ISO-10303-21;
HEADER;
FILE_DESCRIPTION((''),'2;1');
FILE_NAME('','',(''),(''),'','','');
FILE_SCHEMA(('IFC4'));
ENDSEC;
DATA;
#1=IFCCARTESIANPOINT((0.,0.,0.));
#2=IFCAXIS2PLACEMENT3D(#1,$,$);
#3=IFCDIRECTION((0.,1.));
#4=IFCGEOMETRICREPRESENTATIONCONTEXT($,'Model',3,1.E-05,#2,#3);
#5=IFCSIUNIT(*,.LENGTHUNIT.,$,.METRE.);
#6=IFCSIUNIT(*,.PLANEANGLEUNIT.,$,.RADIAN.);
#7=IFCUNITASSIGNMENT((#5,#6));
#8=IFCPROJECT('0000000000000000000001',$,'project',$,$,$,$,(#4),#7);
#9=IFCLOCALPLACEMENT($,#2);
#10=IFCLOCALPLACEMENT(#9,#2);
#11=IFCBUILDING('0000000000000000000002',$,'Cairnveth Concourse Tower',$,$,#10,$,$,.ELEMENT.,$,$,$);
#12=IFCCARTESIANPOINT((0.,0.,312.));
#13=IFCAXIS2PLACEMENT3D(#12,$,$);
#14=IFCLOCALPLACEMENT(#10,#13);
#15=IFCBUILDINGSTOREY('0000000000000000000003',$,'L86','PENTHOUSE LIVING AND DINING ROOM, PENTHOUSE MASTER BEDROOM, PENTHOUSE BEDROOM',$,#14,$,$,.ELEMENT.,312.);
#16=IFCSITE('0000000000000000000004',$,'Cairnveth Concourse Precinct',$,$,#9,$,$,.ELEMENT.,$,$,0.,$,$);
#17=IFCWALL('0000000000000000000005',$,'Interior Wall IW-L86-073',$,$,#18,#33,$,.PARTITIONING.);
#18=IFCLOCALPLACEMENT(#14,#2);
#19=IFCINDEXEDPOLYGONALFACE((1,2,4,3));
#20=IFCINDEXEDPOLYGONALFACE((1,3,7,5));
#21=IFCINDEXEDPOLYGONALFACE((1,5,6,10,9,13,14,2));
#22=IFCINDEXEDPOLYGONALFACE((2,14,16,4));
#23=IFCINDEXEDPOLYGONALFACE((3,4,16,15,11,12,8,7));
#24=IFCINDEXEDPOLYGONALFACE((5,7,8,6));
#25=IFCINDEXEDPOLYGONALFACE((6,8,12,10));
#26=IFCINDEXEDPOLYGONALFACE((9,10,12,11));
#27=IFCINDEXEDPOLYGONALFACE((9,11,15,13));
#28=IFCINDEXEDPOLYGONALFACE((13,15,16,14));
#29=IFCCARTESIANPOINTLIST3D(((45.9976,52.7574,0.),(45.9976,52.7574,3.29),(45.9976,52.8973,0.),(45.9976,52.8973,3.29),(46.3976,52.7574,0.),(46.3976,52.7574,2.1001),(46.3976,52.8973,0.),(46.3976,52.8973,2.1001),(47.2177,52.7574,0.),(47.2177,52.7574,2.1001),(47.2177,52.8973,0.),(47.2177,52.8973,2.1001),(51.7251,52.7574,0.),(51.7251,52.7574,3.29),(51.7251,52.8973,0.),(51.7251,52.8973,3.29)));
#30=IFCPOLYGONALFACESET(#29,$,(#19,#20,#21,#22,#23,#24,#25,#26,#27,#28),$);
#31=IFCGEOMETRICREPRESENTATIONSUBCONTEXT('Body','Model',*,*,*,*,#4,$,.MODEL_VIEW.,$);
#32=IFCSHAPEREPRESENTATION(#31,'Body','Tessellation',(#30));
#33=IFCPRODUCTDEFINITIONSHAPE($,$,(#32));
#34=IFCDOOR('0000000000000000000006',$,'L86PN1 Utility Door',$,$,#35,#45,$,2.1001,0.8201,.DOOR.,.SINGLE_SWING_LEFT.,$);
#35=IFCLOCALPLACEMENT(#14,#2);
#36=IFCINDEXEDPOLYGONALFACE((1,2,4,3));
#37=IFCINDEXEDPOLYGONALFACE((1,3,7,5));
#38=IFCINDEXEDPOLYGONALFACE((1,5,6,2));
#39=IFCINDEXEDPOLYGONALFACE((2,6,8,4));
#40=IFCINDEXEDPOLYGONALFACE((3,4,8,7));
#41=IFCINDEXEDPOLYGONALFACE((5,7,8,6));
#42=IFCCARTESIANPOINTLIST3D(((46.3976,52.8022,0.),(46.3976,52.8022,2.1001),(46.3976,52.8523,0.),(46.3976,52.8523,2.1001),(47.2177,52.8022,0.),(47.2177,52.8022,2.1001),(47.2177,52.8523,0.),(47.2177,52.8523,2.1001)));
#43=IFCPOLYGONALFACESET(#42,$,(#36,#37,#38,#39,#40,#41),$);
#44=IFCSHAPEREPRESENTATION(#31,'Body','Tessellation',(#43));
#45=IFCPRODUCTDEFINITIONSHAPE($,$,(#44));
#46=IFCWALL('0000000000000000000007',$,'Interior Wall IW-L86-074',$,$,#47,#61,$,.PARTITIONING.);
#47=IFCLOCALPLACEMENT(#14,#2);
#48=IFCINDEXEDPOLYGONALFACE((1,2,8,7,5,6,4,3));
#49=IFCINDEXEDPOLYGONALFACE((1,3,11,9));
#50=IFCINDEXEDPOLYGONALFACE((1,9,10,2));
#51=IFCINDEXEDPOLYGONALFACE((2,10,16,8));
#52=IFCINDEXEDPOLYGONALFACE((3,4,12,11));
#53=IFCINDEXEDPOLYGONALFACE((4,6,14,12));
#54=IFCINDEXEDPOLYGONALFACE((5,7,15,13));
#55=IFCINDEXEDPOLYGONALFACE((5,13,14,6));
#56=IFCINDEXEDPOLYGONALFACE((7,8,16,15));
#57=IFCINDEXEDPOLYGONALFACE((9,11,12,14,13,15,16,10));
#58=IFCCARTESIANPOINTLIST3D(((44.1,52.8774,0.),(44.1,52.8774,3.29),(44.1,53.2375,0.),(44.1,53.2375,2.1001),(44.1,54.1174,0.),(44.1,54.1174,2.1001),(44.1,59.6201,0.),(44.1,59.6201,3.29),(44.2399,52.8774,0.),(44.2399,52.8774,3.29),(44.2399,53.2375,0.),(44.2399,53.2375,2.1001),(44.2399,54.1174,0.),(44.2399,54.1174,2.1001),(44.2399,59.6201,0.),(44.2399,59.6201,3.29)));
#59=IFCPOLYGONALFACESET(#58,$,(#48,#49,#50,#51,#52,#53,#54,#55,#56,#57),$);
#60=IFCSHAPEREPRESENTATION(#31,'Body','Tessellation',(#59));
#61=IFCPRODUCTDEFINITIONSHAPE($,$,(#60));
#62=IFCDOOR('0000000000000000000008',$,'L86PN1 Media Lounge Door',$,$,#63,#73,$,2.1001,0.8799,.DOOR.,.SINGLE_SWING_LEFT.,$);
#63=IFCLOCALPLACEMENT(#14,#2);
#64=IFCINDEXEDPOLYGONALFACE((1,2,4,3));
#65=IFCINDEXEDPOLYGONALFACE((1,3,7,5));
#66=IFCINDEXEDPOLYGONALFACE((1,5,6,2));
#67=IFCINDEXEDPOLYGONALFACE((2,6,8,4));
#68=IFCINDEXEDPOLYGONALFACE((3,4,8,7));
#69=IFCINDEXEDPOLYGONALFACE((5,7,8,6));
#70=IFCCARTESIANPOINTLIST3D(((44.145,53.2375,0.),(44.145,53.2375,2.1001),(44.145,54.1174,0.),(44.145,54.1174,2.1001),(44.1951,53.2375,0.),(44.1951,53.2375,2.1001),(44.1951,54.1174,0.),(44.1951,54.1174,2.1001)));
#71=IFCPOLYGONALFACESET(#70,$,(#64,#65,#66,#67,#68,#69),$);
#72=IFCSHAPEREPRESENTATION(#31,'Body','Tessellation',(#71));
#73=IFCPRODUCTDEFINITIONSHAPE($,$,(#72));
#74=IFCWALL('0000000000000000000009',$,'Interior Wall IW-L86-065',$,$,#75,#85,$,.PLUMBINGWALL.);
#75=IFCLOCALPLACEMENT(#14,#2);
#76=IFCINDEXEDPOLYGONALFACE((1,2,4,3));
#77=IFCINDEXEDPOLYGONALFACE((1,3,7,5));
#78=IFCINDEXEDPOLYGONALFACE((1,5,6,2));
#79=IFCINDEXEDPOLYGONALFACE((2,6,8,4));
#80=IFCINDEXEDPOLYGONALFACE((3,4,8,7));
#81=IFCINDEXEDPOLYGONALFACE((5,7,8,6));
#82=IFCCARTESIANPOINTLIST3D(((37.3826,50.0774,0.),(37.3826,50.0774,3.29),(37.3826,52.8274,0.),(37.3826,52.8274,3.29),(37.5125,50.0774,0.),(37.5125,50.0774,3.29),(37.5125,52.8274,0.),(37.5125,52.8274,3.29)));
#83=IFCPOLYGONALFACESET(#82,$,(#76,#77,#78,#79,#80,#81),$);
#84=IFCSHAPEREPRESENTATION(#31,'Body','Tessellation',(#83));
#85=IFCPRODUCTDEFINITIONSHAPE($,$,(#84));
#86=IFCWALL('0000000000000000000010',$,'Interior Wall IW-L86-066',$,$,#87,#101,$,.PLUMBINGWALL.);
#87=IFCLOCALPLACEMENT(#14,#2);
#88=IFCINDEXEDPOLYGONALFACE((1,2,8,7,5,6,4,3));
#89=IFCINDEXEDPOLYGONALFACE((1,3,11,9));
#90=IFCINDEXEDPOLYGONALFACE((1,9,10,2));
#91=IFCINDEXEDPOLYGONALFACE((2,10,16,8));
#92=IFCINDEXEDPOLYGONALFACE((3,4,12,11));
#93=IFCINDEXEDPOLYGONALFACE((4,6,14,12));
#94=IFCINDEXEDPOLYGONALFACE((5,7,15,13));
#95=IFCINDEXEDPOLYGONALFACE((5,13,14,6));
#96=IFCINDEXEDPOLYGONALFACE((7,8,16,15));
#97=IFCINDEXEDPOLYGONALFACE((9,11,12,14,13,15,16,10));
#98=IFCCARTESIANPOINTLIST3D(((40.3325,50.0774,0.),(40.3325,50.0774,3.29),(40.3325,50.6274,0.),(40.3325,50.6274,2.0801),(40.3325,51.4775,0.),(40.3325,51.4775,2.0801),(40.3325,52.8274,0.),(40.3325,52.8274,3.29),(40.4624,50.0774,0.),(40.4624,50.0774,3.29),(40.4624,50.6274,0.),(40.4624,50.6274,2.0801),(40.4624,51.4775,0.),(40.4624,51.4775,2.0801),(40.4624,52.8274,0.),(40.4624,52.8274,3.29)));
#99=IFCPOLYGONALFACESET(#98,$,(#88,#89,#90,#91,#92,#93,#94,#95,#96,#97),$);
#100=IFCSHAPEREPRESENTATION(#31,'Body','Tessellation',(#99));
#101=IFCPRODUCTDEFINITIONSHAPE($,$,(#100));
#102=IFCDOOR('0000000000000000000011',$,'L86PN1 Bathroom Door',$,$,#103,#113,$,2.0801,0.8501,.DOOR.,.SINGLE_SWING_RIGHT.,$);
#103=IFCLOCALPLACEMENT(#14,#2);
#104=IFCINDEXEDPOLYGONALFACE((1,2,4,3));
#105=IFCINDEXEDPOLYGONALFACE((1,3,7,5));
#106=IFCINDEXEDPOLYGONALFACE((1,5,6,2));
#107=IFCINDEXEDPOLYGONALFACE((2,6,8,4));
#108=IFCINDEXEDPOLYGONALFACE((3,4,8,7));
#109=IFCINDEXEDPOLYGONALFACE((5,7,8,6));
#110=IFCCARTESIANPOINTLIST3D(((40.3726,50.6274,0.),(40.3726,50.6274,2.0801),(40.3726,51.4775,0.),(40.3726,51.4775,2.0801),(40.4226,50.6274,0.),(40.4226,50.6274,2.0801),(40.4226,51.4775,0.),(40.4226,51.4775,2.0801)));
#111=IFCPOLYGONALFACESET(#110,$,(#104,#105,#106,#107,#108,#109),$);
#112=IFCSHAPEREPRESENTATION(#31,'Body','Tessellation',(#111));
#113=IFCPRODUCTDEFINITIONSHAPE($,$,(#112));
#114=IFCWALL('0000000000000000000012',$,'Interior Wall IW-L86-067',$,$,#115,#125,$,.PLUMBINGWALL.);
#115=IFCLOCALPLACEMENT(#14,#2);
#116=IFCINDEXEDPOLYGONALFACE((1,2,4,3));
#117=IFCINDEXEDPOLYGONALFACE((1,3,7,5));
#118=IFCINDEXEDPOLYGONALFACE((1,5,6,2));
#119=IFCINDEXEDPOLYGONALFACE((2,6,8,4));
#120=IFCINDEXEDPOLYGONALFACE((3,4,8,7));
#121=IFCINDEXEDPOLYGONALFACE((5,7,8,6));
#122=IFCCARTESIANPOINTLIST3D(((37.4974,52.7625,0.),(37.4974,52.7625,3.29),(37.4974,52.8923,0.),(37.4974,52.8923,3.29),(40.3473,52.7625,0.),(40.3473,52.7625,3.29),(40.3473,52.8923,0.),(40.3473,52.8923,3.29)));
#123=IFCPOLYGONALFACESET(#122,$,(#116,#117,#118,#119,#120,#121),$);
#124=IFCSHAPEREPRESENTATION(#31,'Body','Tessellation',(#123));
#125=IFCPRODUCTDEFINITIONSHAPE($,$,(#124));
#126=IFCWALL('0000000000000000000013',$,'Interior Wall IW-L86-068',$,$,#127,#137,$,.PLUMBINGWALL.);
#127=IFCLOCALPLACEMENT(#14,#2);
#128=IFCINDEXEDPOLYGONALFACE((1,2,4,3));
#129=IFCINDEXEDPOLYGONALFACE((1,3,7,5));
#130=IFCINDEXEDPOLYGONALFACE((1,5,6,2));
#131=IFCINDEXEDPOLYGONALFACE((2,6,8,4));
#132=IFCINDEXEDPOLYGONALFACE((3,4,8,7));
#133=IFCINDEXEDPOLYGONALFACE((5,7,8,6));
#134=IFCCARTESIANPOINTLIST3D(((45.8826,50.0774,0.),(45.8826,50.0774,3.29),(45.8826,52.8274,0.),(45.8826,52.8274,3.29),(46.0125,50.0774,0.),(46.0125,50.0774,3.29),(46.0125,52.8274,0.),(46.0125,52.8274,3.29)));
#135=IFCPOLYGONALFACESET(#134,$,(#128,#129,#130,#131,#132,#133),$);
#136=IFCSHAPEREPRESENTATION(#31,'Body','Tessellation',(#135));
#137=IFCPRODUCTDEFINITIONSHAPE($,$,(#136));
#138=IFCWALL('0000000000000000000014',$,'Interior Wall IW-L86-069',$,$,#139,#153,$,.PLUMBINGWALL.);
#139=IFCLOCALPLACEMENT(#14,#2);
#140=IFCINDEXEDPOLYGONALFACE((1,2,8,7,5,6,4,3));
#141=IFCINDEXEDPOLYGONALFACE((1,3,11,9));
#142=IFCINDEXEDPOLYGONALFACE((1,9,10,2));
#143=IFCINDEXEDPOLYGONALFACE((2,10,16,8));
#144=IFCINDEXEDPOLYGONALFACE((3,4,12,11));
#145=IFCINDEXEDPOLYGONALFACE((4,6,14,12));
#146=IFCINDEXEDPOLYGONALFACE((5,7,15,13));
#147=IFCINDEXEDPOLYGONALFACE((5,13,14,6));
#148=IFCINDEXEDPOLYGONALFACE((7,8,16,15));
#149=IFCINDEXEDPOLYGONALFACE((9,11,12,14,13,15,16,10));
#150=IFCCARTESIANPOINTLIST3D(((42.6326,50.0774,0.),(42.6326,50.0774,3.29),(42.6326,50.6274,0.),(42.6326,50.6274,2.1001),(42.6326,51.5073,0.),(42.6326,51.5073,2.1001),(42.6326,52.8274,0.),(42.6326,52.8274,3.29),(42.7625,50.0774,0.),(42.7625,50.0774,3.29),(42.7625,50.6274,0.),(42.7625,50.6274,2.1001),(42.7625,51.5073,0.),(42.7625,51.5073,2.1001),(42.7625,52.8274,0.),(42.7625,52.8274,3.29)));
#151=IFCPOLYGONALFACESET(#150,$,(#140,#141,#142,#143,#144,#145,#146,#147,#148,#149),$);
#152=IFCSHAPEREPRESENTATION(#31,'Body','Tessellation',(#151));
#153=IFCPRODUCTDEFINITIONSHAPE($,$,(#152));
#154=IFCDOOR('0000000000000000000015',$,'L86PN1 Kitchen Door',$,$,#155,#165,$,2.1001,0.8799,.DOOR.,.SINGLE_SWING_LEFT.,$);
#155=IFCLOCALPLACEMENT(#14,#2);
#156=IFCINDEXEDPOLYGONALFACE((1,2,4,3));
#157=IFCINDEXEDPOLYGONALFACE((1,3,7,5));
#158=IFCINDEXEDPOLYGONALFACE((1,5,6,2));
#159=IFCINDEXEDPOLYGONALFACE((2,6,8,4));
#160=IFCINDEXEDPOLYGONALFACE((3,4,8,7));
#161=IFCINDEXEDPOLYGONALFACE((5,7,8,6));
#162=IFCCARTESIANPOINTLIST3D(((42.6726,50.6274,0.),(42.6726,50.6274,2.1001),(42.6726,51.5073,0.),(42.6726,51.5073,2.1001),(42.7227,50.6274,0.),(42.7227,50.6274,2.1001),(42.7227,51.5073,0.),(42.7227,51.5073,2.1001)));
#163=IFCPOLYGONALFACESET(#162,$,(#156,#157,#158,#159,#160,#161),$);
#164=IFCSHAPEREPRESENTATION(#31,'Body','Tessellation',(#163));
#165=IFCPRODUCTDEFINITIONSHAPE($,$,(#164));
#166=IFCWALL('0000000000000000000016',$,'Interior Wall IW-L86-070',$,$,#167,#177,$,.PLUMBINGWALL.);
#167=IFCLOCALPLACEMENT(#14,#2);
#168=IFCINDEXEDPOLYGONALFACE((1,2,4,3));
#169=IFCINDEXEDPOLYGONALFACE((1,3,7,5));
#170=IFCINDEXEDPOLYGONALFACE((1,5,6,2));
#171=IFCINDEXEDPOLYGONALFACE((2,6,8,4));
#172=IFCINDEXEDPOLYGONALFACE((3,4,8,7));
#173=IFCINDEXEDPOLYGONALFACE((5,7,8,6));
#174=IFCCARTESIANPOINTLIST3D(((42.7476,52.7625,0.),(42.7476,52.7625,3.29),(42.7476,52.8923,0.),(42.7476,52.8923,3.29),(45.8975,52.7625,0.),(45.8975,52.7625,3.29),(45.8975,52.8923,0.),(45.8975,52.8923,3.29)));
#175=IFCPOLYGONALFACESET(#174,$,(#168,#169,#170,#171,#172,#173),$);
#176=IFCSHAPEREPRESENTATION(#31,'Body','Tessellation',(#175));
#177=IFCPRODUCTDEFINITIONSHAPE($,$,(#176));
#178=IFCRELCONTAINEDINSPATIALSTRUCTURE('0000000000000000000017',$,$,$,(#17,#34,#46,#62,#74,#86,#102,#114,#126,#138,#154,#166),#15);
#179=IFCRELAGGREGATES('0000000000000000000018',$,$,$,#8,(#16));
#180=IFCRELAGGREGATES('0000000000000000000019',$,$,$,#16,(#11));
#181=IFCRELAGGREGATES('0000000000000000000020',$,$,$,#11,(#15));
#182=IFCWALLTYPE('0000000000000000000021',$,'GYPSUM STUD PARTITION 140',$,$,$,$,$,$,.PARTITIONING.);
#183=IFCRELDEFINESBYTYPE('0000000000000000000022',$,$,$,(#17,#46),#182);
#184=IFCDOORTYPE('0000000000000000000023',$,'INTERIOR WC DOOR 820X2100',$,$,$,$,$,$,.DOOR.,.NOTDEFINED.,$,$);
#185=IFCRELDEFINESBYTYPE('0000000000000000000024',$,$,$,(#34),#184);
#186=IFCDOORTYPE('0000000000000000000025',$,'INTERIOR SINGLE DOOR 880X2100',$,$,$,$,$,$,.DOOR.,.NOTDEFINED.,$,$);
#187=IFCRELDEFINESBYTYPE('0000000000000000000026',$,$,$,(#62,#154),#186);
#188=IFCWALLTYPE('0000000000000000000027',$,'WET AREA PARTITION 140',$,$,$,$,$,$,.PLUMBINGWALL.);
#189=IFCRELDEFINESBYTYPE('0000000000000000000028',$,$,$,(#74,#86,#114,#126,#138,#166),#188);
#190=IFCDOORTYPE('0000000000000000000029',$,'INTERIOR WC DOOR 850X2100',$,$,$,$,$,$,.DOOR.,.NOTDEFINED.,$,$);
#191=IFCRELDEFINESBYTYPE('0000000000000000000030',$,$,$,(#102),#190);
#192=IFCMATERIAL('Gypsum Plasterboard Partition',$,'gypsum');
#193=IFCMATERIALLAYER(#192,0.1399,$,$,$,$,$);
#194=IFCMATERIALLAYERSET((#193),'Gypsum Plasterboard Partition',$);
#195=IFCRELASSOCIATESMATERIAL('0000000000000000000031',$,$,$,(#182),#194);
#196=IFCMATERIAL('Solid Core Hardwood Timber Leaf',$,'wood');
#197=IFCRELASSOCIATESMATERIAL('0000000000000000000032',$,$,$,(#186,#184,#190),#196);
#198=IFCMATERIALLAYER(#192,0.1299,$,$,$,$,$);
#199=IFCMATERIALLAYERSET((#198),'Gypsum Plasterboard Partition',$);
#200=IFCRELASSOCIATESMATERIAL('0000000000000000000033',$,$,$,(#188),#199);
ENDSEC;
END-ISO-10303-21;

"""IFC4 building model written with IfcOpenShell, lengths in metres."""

from ifc_helpers import new_model, si_unit, direction, frame, frame_2d, origin, place, context, subcontext, project, spatial, rectangle, extrude, material, layer, layer_set, type_object, element, fill, save


model = new_model("IFC4")

# Units and contexts
model_context = context("Model", 3, precision=1e-05, world=origin(), true_north=direction((0.0, 1.0)))
body_context = subcontext(model_context, "Body", "Model", "MODEL_VIEW")
ifc_project = project(units=[si_unit("LENGTHUNIT", "METRE"), si_unit("PLANEANGLEUNIT", "RADIAN")], contexts=[model_context])

# Site, building, storey
site_placement = place(None, origin())
site = spatial("IfcSite", under=ifc_project, at=site_placement, Name="Cairnveth Concourse Precinct", CompositionType="ELEMENT", RefElevation=0.0)
building_placement = place(site_placement, origin())
building = spatial("IfcBuilding", under=site, at=building_placement, Name="Cairnveth Concourse Tower", CompositionType="ELEMENT")
storey_placement = place(building_placement, frame((0.0, 0.0, 312.0)))
storey = spatial("IfcBuildingStorey", under=building, at=storey_placement, Name="L86", Description="PENTHOUSE LIVING AND DINING ROOM, PENTHOUSE MASTER BEDROOM, PENTHOUSE BEDROOM", CompositionType="ELEMENT", Elevation=312.0)

# Walls, openings, doors
ifc_material_1 = material(Name="Gypsum Plasterboard Partition", Category="gypsum")
ifc_layer_1 = layer(ifc_material_1, 0.1399)
ifc_layer_set_1 = layer_set([ifc_layer_1], Name="Gypsum Plasterboard Partition")
wall_type_1 = type_object("IfcWallType", Name="GYPSUM STUD PARTITION 140", PredefinedType="PARTITIONING", material=ifc_layer_set_1)
ifc_material_2 = material(Name="Solid Core Hardwood Timber Leaf", Category="wood")
door_type_1 = type_object("IfcDoorType", Name="INTERIOR SINGLE DOOR 880X2100", OperationType="NOTDEFINED", PredefinedType="DOOR", material=ifc_material_2)
wall_1_placement = place(storey_placement, frame((45.9976, 52.8274, 0.0), z_axis=(0.0, 0.0, 1.0), x_axis=(1.0, 0.0, 0.0)))
wall_1 = element("IfcWall", 1, at=wall_1_placement, inside=storey, type_object=wall_type_1, Name="Interior Wall IW-L86-073", PredefinedType="PARTITIONING", context=body_context, shape_type="SweptSolid", body=[
    extrude(rectangle(XDim=5.7275, YDim=0.1399, at=frame_2d((2.8638, 0.0))), origin(), (0.0, 0.0, 1.0), 3.29),
])
opening_1_placement = place(wall_1_placement, frame((0.3999, 0.0, 0.0)))
opening_1 = element("IfcOpeningElement", 2, at=opening_1_placement, cuts=wall_1, PredefinedType="OPENING", context=body_context, shape_type="SweptSolid", body=[
    extrude(rectangle(XDim=0.8201, YDim=2.1001, at=frame_2d((0.4102, 1.05))), frame((0.0, 0.0798, 0.0), z_axis=(0.0, -1.0, 0.0), x_axis=(1.0, 0.0, 0.0)), (0.0, 0.0, 1.0), 0.1599),
])
door_type_2 = type_object("IfcDoorType", Name="INTERIOR WC DOOR 820X2100", OperationType="NOTDEFINED", PredefinedType="DOOR", material=ifc_material_2)
door_1_placement = place(opening_1_placement, origin())
door_1 = element("IfcDoor", 3, at=door_1_placement, inside=storey, type_object=door_type_2, Name="L86PN1 Utility Door", OperationType="SINGLE_SWING_LEFT", OverallHeight=2.1001, OverallWidth=0.8201, PredefinedType="DOOR", context=body_context, shape_type="SweptSolid", body=[
    extrude(rectangle(XDim=0.8201, YDim=2.1001, at=frame_2d((0.4102, 1.05))), frame((0.0, 0.0249, 0.0), z_axis=(0.0, -1.0, 0.0), x_axis=(1.0, 0.0, 0.0)), (0.0, 0.0, 1.0), 0.05),
])
fill(opening_1, door_1)
wall_2_placement = place(storey_placement, frame((44.1699, 52.8774, 0.0), z_axis=(0.0, 0.0, 1.0), x_axis=(0.0, 1.0, 0.0)))
wall_2 = element("IfcWall", 4, at=wall_2_placement, inside=storey, type_object=wall_type_1, Name="Interior Wall IW-L86-074", PredefinedType="PARTITIONING", context=body_context, shape_type="SweptSolid", body=[
    extrude(rectangle(XDim=6.7427, YDim=0.1399, at=frame_2d((3.3713, 0.0))), origin(), (0.0, 0.0, 1.0), 3.29),
])
opening_2_placement = place(wall_2_placement, frame((0.3601, 0.0, 0.0)))
opening_2 = element("IfcOpeningElement", 5, at=opening_2_placement, cuts=wall_2, PredefinedType="OPENING", context=body_context, shape_type="SweptSolid", body=[
    extrude(rectangle(XDim=0.8799, YDim=2.1001, at=frame_2d((0.4399, 1.05))), frame((0.0, 0.0798, 0.0), z_axis=(0.0, -1.0, 0.0), x_axis=(1.0, 0.0, 0.0)), (0.0, 0.0, 1.0), 0.1599),
])
door_2_placement = place(opening_2_placement, origin())
door_2 = element("IfcDoor", 6, at=door_2_placement, inside=storey, type_object=door_type_1, Name="L86PN1 Media Lounge Door", OperationType="SINGLE_SWING_LEFT", OverallHeight=2.1001, OverallWidth=0.8799, PredefinedType="DOOR", context=body_context, shape_type="SweptSolid", body=[
    extrude(rectangle(XDim=0.8799, YDim=2.1001, at=frame_2d((0.4399, 1.05))), frame((0.0, 0.0249, 0.0), z_axis=(0.0, -1.0, 0.0), x_axis=(1.0, 0.0, 0.0)), (0.0, 0.0, 1.0), 0.05),
])
fill(opening_2, door_2)

# Wall
ifc_layer_2 = layer(ifc_material_1, 0.1299)
ifc_layer_set_2 = layer_set([ifc_layer_2], Name="Gypsum Plasterboard Partition")
wall_type_2 = type_object("IfcWallType", Name="WET AREA PARTITION 140", PredefinedType="PLUMBINGWALL", material=ifc_layer_set_2)
wall_3_placement = place(storey_placement, frame((37.4475, 50.0774, 0.0), z_axis=(0.0, 0.0, 1.0), x_axis=(0.0, 1.0, 0.0)))
element("IfcWall", 7, at=wall_3_placement, inside=storey, type_object=wall_type_2, Name="Interior Wall IW-L86-065", PredefinedType="PLUMBINGWALL", context=body_context, shape_type="SweptSolid", body=[
    extrude(rectangle(XDim=2.75, YDim=0.1299, at=frame_2d((1.375, 0.0))), origin(), (0.0, 0.0, 1.0), 3.29),
])

# Wall, opening, door
wall_4_placement = place(storey_placement, frame((40.3975, 50.0774, 0.0), z_axis=(0.0, 0.0, 1.0), x_axis=(0.0, 1.0, 0.0)))
wall_4 = element("IfcWall", 8, at=wall_4_placement, inside=storey, type_object=wall_type_2, Name="Interior Wall IW-L86-066", PredefinedType="PLUMBINGWALL", context=body_context, shape_type="SweptSolid", body=[
    extrude(rectangle(XDim=2.75, YDim=0.1299, at=frame_2d((1.375, 0.0))), origin(), (0.0, 0.0, 1.0), 3.29),
])
opening_3_placement = place(wall_4_placement, frame((0.55, 0.0, 0.0)))
opening_3 = element("IfcOpeningElement", 9, at=opening_3_placement, cuts=wall_4, PredefinedType="OPENING", context=body_context, shape_type="SweptSolid", body=[
    extrude(rectangle(XDim=0.8501, YDim=2.0801, at=frame_2d((0.425, 1.04))), frame((0.0, 0.075, 0.0), z_axis=(0.0, -1.0, 0.0), x_axis=(1.0, 0.0, 0.0)), (0.0, 0.0, 1.0), 0.1499),
])
door_type_3 = type_object("IfcDoorType", Name="INTERIOR WC DOOR 850X2100", OperationType="NOTDEFINED", PredefinedType="DOOR", material=ifc_material_2)
door_3_placement = place(opening_3_placement, origin())
door_3 = element("IfcDoor", 10, at=door_3_placement, inside=storey, type_object=door_type_3, Name="L86PN1 Bathroom Door", OperationType="SINGLE_SWING_RIGHT", OverallHeight=2.0801, OverallWidth=0.8501, PredefinedType="DOOR", context=body_context, shape_type="SweptSolid", body=[
    extrude(rectangle(XDim=0.8501, YDim=2.0801, at=frame_2d((0.425, 1.04))), frame((0.0, 0.0249, 0.0), z_axis=(0.0, -1.0, 0.0), x_axis=(1.0, 0.0, 0.0)), (0.0, 0.0, 1.0), 0.05),
])
fill(opening_3, door_3)

# Walls
wall_5_placement = place(storey_placement, frame((37.4976, 52.8274, 0.0), z_axis=(0.0, 0.0, 1.0), x_axis=(1.0, 0.0, 0.0)))
element("IfcWall", 11, at=wall_5_placement, inside=storey, type_object=wall_type_2, Name="Interior Wall IW-L86-067", PredefinedType="PLUMBINGWALL", context=body_context, shape_type="SweptSolid", body=[
    extrude(rectangle(XDim=2.8499, YDim=0.1299, at=frame_2d((1.4248, 0.0))), origin(), (0.0, 0.0, 1.0), 3.29),
])
wall_6_placement = place(storey_placement, frame((45.9475, 50.0774, 0.0), z_axis=(0.0, 0.0, 1.0), x_axis=(0.0, 1.0, 0.0)))
element("IfcWall", 12, at=wall_6_placement, inside=storey, type_object=wall_type_2, Name="Interior Wall IW-L86-068", PredefinedType="PLUMBINGWALL", context=body_context, shape_type="SweptSolid", body=[
    extrude(rectangle(XDim=2.75, YDim=0.1299, at=frame_2d((1.375, 0.0))), origin(), (0.0, 0.0, 1.0), 3.29),
])

# Wall, opening, door
wall_7_placement = place(storey_placement, frame((42.6975, 50.0774, 0.0), z_axis=(0.0, 0.0, 1.0), x_axis=(0.0, 1.0, 0.0)))
wall_7 = element("IfcWall", 13, at=wall_7_placement, inside=storey, type_object=wall_type_2, Name="Interior Wall IW-L86-069", PredefinedType="PLUMBINGWALL", context=body_context, shape_type="SweptSolid", body=[
    extrude(rectangle(XDim=2.75, YDim=0.1299, at=frame_2d((1.375, 0.0))), origin(), (0.0, 0.0, 1.0), 3.29),
])
opening_4_placement = place(wall_7_placement, frame((0.55, 0.0, 0.0)))
opening_4 = element("IfcOpeningElement", 14, at=opening_4_placement, cuts=wall_7, PredefinedType="OPENING", context=body_context, shape_type="SweptSolid", body=[
    extrude(rectangle(XDim=0.8799, YDim=2.1001, at=frame_2d((0.4399, 1.05))), frame((0.0, 0.075, 0.0), z_axis=(0.0, -1.0, 0.0), x_axis=(1.0, 0.0, 0.0)), (0.0, 0.0, 1.0), 0.1499),
])
door_4_placement = place(opening_4_placement, origin())
door_4 = element("IfcDoor", 15, at=door_4_placement, inside=storey, type_object=door_type_1, Name="L86PN1 Kitchen Door", OperationType="SINGLE_SWING_LEFT", OverallHeight=2.1001, OverallWidth=0.8799, PredefinedType="DOOR", context=body_context, shape_type="SweptSolid", body=[
    extrude(rectangle(XDim=0.8799, YDim=2.1001, at=frame_2d((0.4399, 1.05))), frame((0.0, 0.0249, 0.0), z_axis=(0.0, -1.0, 0.0), x_axis=(1.0, 0.0, 0.0)), (0.0, 0.0, 1.0), 0.05),
])
fill(opening_4, door_4)

# Wall
wall_8_placement = place(storey_placement, frame((42.7476, 52.8274, 0.0), z_axis=(0.0, 0.0, 1.0), x_axis=(1.0, 0.0, 0.0)))
element("IfcWall", 16, at=wall_8_placement, inside=storey, type_object=wall_type_2, Name="Interior Wall IW-L86-070", PredefinedType="PLUMBINGWALL", context=body_context, shape_type="SweptSolid", body=[
    extrude(rectangle(XDim=3.1499, YDim=0.1299, at=frame_2d((1.575, 0.0))), origin(), (0.0, 0.0, 1.0), 3.29),
])

save(model, "model.ifc")
